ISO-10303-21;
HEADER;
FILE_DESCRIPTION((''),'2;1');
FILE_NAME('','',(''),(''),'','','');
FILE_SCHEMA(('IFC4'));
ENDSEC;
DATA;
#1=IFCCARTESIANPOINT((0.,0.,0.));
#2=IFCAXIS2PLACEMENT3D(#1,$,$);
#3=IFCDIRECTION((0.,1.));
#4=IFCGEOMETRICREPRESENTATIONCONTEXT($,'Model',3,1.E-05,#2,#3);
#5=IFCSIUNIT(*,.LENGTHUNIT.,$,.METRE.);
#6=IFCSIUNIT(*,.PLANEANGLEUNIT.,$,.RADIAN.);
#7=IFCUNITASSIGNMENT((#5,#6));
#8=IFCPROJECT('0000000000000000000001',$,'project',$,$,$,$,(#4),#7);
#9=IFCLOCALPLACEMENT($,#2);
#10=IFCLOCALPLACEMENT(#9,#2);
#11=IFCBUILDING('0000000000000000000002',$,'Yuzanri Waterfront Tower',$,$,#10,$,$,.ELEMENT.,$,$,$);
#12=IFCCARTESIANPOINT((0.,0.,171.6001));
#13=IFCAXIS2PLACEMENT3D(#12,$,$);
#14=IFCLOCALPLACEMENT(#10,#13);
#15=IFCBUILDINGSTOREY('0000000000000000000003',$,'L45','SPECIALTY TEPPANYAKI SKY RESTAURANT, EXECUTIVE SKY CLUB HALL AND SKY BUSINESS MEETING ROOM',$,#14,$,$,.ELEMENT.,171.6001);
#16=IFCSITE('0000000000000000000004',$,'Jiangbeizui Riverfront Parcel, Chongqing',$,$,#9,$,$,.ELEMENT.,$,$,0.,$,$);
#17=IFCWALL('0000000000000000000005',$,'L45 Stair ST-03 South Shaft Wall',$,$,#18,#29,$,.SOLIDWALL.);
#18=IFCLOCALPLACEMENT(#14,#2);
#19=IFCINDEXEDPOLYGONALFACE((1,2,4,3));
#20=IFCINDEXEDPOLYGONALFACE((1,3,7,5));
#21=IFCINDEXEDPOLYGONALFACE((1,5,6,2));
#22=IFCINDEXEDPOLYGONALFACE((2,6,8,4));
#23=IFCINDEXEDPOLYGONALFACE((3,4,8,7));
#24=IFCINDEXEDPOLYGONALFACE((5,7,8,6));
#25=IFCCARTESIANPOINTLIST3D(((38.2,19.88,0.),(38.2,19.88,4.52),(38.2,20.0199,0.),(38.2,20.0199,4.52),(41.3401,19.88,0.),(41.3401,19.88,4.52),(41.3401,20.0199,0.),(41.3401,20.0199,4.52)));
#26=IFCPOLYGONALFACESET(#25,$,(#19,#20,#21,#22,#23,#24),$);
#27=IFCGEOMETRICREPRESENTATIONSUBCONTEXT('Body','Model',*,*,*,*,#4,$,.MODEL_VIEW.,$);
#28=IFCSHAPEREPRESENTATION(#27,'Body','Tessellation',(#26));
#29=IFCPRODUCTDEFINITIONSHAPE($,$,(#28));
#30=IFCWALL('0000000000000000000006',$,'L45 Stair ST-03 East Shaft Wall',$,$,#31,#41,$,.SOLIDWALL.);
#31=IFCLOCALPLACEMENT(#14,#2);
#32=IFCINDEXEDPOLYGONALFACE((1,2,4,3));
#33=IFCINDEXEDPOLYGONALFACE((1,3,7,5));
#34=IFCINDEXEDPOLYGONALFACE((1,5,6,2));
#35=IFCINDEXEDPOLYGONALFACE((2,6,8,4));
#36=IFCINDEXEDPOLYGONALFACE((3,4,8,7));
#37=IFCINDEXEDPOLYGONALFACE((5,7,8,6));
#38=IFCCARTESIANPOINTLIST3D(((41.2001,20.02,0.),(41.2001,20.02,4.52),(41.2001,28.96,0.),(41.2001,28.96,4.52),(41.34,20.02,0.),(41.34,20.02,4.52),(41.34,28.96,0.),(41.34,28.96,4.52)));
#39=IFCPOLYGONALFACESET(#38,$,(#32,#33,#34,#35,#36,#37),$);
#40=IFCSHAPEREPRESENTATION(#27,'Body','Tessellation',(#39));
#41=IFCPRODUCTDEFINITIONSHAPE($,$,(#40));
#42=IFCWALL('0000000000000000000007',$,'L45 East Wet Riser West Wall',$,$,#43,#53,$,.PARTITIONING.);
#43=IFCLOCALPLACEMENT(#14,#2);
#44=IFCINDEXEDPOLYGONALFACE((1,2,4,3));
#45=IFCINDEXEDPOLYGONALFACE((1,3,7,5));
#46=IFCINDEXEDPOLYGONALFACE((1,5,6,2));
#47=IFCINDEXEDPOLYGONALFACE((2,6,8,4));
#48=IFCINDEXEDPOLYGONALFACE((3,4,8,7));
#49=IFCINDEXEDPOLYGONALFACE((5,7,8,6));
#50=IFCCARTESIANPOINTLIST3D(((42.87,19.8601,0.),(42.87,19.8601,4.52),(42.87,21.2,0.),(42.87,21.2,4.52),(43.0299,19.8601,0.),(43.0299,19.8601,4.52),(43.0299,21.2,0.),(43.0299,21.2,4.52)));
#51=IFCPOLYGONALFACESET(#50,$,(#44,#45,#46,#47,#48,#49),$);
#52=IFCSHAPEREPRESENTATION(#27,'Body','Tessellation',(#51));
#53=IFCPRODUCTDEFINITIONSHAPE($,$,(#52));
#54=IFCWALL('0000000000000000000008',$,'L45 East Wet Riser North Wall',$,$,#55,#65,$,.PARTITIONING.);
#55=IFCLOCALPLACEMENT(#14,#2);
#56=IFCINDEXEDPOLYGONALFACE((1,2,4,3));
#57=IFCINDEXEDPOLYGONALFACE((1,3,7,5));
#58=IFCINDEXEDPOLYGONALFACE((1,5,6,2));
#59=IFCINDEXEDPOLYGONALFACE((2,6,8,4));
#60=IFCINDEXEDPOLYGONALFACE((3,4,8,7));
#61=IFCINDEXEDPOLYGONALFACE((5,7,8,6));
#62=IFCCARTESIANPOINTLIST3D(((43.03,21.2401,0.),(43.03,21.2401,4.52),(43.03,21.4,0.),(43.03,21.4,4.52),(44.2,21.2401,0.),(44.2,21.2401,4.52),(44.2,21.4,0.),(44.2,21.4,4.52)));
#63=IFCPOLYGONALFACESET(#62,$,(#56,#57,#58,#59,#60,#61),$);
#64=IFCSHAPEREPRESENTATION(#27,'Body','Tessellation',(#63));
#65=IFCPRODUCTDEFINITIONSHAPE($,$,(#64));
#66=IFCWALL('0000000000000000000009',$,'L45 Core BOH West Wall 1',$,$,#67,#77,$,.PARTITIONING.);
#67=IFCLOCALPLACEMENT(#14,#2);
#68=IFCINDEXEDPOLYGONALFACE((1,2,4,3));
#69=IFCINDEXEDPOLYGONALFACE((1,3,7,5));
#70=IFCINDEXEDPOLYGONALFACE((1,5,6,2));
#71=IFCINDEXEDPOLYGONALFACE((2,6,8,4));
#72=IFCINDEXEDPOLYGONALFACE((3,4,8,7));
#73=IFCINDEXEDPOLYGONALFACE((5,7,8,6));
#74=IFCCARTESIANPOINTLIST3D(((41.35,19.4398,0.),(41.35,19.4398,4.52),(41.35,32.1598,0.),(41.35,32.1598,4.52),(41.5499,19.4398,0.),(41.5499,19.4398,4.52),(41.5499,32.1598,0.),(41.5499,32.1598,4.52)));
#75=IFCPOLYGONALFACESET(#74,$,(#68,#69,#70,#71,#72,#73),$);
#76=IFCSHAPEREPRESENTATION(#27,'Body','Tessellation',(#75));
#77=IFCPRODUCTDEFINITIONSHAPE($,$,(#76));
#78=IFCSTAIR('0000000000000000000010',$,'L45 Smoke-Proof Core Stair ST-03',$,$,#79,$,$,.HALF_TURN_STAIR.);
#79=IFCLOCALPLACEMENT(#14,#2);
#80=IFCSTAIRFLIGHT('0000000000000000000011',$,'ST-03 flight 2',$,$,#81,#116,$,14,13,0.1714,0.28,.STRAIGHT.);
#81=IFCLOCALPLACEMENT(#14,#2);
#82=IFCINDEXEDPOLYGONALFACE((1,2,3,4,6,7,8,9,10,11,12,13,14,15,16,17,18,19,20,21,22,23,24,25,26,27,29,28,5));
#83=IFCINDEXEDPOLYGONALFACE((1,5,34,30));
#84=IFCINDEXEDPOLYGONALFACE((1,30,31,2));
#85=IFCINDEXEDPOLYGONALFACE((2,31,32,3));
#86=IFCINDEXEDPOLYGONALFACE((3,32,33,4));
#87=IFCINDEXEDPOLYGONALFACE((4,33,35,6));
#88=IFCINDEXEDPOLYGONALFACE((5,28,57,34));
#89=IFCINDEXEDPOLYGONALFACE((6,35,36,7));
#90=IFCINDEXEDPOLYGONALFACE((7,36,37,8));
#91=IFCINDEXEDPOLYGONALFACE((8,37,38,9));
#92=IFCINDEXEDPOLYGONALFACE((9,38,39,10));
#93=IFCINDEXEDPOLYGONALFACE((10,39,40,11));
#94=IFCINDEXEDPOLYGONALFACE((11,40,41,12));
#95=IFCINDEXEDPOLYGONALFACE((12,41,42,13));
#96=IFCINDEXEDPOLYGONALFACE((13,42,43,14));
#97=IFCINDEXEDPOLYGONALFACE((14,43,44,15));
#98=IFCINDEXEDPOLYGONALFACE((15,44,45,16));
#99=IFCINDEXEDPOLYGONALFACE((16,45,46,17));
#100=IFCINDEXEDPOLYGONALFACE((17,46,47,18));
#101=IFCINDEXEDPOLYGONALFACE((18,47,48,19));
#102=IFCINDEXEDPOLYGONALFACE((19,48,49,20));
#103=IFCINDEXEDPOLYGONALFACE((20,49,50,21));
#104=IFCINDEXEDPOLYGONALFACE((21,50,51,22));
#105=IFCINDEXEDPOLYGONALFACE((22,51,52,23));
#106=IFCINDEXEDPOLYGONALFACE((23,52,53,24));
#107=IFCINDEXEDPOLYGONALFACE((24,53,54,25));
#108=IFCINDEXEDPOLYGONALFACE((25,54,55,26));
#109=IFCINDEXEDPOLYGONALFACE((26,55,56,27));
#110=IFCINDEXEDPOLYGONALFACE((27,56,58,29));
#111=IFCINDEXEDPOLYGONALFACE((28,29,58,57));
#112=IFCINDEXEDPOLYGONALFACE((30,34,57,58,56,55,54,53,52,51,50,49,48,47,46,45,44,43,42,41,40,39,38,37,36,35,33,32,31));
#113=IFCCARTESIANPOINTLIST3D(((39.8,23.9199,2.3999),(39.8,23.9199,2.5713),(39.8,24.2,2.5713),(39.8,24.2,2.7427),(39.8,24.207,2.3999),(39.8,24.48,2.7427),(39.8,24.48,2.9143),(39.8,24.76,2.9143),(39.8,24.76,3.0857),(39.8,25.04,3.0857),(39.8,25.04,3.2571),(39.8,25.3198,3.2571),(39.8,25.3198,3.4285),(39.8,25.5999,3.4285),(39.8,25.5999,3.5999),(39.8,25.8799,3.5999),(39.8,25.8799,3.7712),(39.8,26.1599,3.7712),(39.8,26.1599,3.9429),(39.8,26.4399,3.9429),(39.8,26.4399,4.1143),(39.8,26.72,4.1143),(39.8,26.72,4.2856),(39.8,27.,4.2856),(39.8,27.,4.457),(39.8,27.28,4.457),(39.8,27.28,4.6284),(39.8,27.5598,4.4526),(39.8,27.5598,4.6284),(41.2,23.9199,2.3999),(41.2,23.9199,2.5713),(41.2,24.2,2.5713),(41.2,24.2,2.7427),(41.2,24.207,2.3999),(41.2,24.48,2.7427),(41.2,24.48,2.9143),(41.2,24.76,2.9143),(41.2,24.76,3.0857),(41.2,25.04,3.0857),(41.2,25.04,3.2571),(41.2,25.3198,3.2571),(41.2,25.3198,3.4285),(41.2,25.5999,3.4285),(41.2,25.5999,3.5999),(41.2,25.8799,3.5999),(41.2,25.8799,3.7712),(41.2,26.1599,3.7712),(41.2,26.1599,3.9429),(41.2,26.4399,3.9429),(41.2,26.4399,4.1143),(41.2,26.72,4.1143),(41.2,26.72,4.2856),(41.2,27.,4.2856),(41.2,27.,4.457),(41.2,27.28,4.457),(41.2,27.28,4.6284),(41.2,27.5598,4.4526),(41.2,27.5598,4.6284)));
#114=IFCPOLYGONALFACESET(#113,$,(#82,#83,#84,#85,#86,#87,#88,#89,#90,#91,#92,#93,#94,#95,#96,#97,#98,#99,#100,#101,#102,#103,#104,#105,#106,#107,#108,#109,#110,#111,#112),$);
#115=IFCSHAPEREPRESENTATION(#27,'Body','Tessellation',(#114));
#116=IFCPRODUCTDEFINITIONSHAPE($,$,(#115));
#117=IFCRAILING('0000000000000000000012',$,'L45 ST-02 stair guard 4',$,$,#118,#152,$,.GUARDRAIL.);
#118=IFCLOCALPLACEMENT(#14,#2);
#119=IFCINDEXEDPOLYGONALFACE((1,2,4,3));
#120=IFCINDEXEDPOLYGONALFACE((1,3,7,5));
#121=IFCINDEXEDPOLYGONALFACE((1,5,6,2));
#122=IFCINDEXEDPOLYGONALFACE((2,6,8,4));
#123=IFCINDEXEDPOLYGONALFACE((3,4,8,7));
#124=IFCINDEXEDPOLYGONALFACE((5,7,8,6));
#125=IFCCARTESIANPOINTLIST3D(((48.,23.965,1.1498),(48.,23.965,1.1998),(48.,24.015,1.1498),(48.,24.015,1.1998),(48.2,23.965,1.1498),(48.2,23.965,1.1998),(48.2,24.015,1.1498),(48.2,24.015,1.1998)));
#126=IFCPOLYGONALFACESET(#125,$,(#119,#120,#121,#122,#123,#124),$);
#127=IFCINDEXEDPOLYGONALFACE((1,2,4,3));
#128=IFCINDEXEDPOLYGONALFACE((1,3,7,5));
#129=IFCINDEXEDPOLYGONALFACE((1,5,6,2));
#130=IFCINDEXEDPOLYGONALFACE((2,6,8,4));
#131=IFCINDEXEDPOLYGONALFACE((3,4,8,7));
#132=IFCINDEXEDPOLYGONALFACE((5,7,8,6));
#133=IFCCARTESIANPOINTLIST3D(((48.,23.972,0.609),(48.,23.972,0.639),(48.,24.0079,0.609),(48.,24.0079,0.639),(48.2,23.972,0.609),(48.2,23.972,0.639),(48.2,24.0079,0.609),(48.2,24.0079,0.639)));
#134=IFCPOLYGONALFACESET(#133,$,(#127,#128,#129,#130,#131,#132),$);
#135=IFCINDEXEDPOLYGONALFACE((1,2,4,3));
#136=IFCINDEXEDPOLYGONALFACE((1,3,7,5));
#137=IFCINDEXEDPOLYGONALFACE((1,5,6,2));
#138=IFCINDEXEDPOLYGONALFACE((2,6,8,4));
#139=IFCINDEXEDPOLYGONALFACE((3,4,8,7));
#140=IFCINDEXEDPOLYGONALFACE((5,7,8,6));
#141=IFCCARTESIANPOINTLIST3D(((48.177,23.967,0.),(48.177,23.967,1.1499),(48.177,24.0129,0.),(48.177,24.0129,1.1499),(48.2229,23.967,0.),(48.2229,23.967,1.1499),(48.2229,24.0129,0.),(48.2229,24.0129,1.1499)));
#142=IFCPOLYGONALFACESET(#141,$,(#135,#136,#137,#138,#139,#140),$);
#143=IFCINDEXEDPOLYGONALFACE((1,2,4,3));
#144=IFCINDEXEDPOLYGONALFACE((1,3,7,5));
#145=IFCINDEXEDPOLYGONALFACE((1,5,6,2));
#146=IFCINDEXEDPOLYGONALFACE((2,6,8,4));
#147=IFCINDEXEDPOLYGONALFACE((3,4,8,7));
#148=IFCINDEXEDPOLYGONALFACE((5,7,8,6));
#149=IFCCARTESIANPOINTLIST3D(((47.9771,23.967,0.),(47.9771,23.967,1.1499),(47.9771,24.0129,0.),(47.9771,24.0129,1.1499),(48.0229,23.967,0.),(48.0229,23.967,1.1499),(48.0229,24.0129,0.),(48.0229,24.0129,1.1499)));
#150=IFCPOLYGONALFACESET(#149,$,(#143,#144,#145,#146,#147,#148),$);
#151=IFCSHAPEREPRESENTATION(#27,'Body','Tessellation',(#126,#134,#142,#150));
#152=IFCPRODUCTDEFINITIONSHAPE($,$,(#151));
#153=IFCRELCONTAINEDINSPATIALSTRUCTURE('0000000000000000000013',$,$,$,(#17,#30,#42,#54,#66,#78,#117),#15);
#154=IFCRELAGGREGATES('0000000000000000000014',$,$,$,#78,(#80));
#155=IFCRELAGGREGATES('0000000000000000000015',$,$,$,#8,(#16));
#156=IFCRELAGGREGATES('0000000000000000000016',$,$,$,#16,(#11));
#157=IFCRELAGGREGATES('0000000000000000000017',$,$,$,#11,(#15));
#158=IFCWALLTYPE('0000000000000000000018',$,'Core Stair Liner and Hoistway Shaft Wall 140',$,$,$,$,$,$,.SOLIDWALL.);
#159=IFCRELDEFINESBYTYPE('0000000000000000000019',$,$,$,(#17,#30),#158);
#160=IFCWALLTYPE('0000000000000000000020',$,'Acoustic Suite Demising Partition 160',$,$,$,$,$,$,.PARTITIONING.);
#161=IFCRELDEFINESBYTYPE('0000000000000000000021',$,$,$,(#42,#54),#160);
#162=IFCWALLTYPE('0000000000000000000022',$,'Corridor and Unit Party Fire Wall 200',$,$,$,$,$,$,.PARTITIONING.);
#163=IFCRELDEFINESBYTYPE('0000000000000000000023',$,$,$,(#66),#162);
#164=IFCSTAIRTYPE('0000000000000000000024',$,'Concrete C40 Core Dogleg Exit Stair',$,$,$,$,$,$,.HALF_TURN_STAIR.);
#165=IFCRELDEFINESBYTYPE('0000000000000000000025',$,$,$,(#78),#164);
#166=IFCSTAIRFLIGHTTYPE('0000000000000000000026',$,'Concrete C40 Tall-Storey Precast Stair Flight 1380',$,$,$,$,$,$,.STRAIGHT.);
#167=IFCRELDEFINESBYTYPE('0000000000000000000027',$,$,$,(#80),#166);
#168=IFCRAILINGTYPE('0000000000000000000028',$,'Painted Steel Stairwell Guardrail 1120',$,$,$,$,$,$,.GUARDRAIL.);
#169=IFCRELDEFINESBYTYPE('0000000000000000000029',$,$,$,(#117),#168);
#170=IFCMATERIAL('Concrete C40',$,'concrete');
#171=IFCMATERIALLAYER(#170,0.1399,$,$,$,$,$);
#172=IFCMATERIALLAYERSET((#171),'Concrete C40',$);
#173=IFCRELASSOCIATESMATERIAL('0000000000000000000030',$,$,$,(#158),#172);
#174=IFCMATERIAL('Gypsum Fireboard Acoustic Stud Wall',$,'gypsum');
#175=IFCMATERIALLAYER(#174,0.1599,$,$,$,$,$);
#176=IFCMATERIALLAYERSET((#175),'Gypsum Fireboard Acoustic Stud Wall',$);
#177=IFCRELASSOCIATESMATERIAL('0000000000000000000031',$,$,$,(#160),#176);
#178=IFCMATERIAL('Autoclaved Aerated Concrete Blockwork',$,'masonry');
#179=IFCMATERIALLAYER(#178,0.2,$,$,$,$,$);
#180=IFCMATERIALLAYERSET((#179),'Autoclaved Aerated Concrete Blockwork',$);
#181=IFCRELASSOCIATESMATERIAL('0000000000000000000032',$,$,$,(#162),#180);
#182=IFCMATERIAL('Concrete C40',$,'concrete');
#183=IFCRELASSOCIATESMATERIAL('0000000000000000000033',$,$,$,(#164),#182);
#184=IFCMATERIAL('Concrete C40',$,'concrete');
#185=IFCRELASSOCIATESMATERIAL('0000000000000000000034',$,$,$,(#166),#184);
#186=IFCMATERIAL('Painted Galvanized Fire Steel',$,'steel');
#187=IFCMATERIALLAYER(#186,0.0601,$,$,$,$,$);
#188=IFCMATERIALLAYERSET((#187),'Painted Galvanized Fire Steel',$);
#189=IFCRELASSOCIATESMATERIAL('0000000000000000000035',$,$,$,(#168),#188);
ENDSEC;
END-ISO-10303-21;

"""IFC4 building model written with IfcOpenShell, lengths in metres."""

from ifc_helpers import new_model, si_unit, direction, frame, frame_2d, origin, origin_2d, place, context, subcontext, project, spatial, polyline, rectangle, outline, extrude, source, transform, mapped, material, layer, layer_set, type_object, element, aggregate, save


model = new_model("IFC4")

# Units and contexts
model_context = context("Model", 3, precision=1e-05, world=origin(), true_north=direction((0.0, 1.0)))
body_context = subcontext(model_context, "Body", "Model", "MODEL_VIEW")
ifc_project = project(units=[si_unit("LENGTHUNIT", "METRE"), si_unit("PLANEANGLEUNIT", "RADIAN")], contexts=[model_context])

# Site, building, storey
site_placement = place(None, origin())
site = spatial("IfcSite", under=ifc_project, at=site_placement, Name="Jiangbeizui Riverfront Parcel, Chongqing", CompositionType="ELEMENT", RefElevation=0.0)
building_placement = place(site_placement, origin())
building = spatial("IfcBuilding", under=site, at=building_placement, Name="Yuzanri Waterfront Tower", CompositionType="ELEMENT")
storey_placement = place(building_placement, frame((0.0, 0.0, 171.6001)))
storey = spatial("IfcBuildingStorey", under=building, at=storey_placement, Name="L45", Description="SPECIALTY TEPPANYAKI SKY RESTAURANT, EXECUTIVE SKY CLUB HALL AND SKY BUSINESS MEETING ROOM", CompositionType="ELEMENT", Elevation=171.6001)

# Shared definitions
ifc_material_1 = material(Name="Concrete C40", Category="concrete")
ifc_layer_1 = layer(ifc_material_1, 0.1399)
ifc_layer_set_1 = layer_set([ifc_layer_1], Name="Concrete C40")
wall_type_1 = type_object("IfcWallType", Name="Core Stair Liner and Hoistway Shaft Wall 140", PredefinedType="SOLIDWALL", material=ifc_layer_set_1)

# Walls
shared_shape_1 = source(origin(), body_context, "Body", "SweptSolid", [
    extrude(rectangle(XDim=3.1401, YDim=0.1399, at=frame_2d((1.5701, 0.0))), origin(), (0.0, 0.0, 1.0), 4.52),
])
wall_1_placement = place(storey_placement, frame((38.2, 19.95, 0.0), z_axis=(0.0, 0.0, 1.0), x_axis=(1.0, 0.0, 0.0)))
element("IfcWall", 1, at=wall_1_placement, inside=storey, type_object=wall_type_1, Name="L45 Stair ST-03 South Shaft Wall", PredefinedType="SOLIDWALL", context=body_context, shape_type="MappedRepresentation", body=[
    mapped(shared_shape_1, transform((0.0, 0.0, 0.0), scale=1.0)),
])
shared_shape_2 = source(origin(), body_context, "Body", "SweptSolid", [
    extrude(rectangle(XDim=8.9399, YDim=0.1399, at=frame_2d((4.47, 0.0))), origin(), (0.0, 0.0, 1.0), 4.52),
])
wall_2_placement = place(storey_placement, frame((41.27, 20.02, 0.0), z_axis=(0.0, 0.0, 1.0), x_axis=(0.0, 1.0, 0.0)))
element("IfcWall", 2, at=wall_2_placement, inside=storey, type_object=wall_type_1, Name="L45 Stair ST-03 East Shaft Wall", PredefinedType="SOLIDWALL", context=body_context, shape_type="MappedRepresentation", body=[
    mapped(shared_shape_2, transform((0.0, 0.0, 0.0), scale=1.0)),
])
ifc_material_2 = material(Name="Gypsum Fireboard Acoustic Stud Wall", Category="gypsum")
ifc_layer_2 = layer(ifc_material_2, 0.1599)
ifc_layer_set_2 = layer_set([ifc_layer_2], Name="Gypsum Fireboard Acoustic Stud Wall")
wall_type_2 = type_object("IfcWallType", Name="Acoustic Suite Demising Partition 160", PredefinedType="PARTITIONING", material=ifc_layer_set_2)
shared_shape_3 = source(origin(), body_context, "Body", "SweptSolid", [
    extrude(rectangle(XDim=1.3398, YDim=0.1599, at=frame_2d((0.6699, 0.0))), origin(), (0.0, 0.0, 1.0), 4.52),
])
wall_3_placement = place(storey_placement, frame((42.95, 19.8601, 0.0), z_axis=(0.0, 0.0, 1.0), x_axis=(0.0, 1.0, 0.0)))
element("IfcWall", 3, at=wall_3_placement, inside=storey, type_object=wall_type_2, Name="L45 East Wet Riser West Wall", PredefinedType="PARTITIONING", context=body_context, shape_type="MappedRepresentation", body=[
    mapped(shared_shape_3, transform((0.0, 0.0, 0.0), scale=1.0)),
])
shared_shape_4 = source(origin(), body_context, "Body", "SweptSolid", [
    extrude(rectangle(XDim=1.1699, YDim=0.1599, at=frame_2d((0.585, 0.0))), origin(), (0.0, 0.0, 1.0), 4.52),
])
wall_4_placement = place(storey_placement, frame((43.03, 21.3201, 0.0), z_axis=(0.0, 0.0, 1.0), x_axis=(1.0, 0.0, 0.0)))
element("IfcWall", 4, at=wall_4_placement, inside=storey, type_object=wall_type_2, Name="L45 East Wet Riser North Wall", PredefinedType="PARTITIONING", context=body_context, shape_type="MappedRepresentation", body=[
    mapped(shared_shape_4, transform((0.0, 0.0, 0.0), scale=1.0)),
])
ifc_material_3 = material(Name="Autoclaved Aerated Concrete Blockwork", Category="masonry")
ifc_layer_3 = layer(ifc_material_3, 0.2)
ifc_layer_set_3 = layer_set([ifc_layer_3], Name="Autoclaved Aerated Concrete Blockwork")
wall_type_3 = type_object("IfcWallType", Name="Corridor and Unit Party Fire Wall 200", PredefinedType="PARTITIONING", material=ifc_layer_set_3)
shared_shape_5 = source(origin(), body_context, "Body", "SweptSolid", [
    extrude(rectangle(XDim=12.72, YDim=0.2, at=frame_2d((6.3599, 0.0))), origin(), (0.0, 0.0, 1.0), 4.52),
])
wall_5_placement = place(storey_placement, frame((41.45, 19.4399, 0.0), z_axis=(0.0, 0.0, 1.0), x_axis=(0.0, 1.0, 0.0)))
element("IfcWall", 5, at=wall_5_placement, inside=storey, type_object=wall_type_3, Name="L45 Core BOH West Wall 1", PredefinedType="PARTITIONING", context=body_context, shape_type="MappedRepresentation", body=[
    mapped(shared_shape_5, transform((0.0, 0.0, 0.0), scale=1.0)),
])

# Stair, stair flight
ifc_material_4 = material(Name="Concrete C40", Category="concrete")
stair_type = type_object("IfcStairType", Name="Concrete C40 Core Dogleg Exit Stair", PredefinedType="HALF_TURN_STAIR", material=ifc_material_4)
stair_placement = place(storey_placement, origin())
stair = element("IfcStair", 6, at=stair_placement, inside=storey, type_object=stair_type, Name="L45 Smoke-Proof Core Stair ST-03", PredefinedType="HALF_TURN_STAIR")
ifc_material_5 = material(Name="Concrete C40", Category="concrete")
stair_flight_type = type_object("IfcStairFlightType", Name="Concrete C40 Tall-Storey Precast Stair Flight 1380", PredefinedType="STRAIGHT", material=ifc_material_5)
shared_shape_6 = source(origin(), body_context, "Body", "SweptSolid", [
    extrude(outline(polyline([(0.0, 0.0), (0.0, 0.1714), (0.28, 0.1714), (0.28, 0.3428), (0.5601, 0.3428), (0.5601, 0.5144), (0.8401, 0.5144), (0.8401, 0.6858), (1.1201, 0.6858), (1.1201, 0.8572), (1.3999, 0.8572), (1.3999, 1.0286), (1.6799, 1.0286), (1.6799, 1.2), (1.96, 1.2), (1.96, 1.3713), (2.24, 1.3713), (2.24, 1.543), (2.52, 1.543), (2.52, 1.7144), (2.8, 1.7144), (2.8, 1.8857), (3.0801, 1.8857), (3.0801, 2.0571), (3.3601, 2.0571), (3.3601, 2.2285), (3.6399, 2.2285), (3.6399, 2.3999), (3.6399, 2.0527), (0.2871, 0.0), (0.0, 0.0)])), frame((0.0, 0.7, 0.0), z_axis=(0.0, -1.0, 0.0), x_axis=(1.0, 0.0, 0.0)), (0.0, 0.0, 1.0), 1.3999),
])
stair_flight_placement = place(storey_placement, frame((40.5, 23.9199, 2.3999), z_axis=(0.0, 0.0, 1.0), x_axis=(0.0, 1.0, 0.0)))
stair_flight = element("IfcStairFlight", 7, at=stair_flight_placement, type_object=stair_flight_type, Name="ST-03 flight 2", NumberOfRisers=14, NumberOfTreads=13, PredefinedType="STRAIGHT", RiserHeight=0.1714, TreadLength=0.28, context=body_context, shape_type="MappedRepresentation", body=[
    mapped(shared_shape_6, transform((0.0, 0.0, 0.0), scale=1.0)),
])
aggregate(stair, [stair_flight])

# Railing
ifc_material_6 = material(Name="Painted Galvanized Fire Steel", Category="steel")
ifc_layer_4 = layer(ifc_material_6, 0.0601)
ifc_layer_set_4 = layer_set([ifc_layer_4], Name="Painted Galvanized Fire Steel")
railing_type_1 = type_object("IfcRailingType", Name="Painted Steel Stairwell Guardrail 1120", PredefinedType="GUARDRAIL", material=ifc_layer_set_4)
shared_shape_7 = source(origin(), body_context, "Body", "SweptSolid", [
    extrude(rectangle(XDim=0.05, YDim=0.05, at=origin_2d()), frame((0.0, 0.0, 1.1748), z_axis=(-1.0, 0.0, 0.0), x_axis=(0.0, -1.0, 0.0)), (0.0, 0.0, 1.0), 0.2),
    extrude(rectangle(XDim=0.0359, YDim=0.03, at=origin_2d()), frame((0.0, 0.0, 0.624), z_axis=(-1.0, 0.0, 0.0), x_axis=(0.0, -1.0, 0.0)), (0.0, 0.0, 1.0), 0.2),
    extrude(rectangle(XDim=0.0459, YDim=0.0459, at=origin_2d()), origin(), (0.0, 0.0, 1.0), 1.1499),
    extrude(rectangle(XDim=0.0459, YDim=0.0459, at=origin_2d()), frame((-0.2, 0.0, 0.0)), (0.0, 0.0, 1.0), 1.1499),
])
railing_1_placement = place(storey_placement, frame((48.2, 23.99, 0.0)))
element("IfcRailing", 8, at=railing_1_placement, inside=storey, type_object=railing_type_1, Name="L45 ST-02 stair guard 4", PredefinedType="GUARDRAIL", context=body_context, shape_type="MappedRepresentation", body=[
    mapped(shared_shape_7, transform((0.0, 0.0, 0.0), scale=1.0)),
])

save(model, "model.ifc")
